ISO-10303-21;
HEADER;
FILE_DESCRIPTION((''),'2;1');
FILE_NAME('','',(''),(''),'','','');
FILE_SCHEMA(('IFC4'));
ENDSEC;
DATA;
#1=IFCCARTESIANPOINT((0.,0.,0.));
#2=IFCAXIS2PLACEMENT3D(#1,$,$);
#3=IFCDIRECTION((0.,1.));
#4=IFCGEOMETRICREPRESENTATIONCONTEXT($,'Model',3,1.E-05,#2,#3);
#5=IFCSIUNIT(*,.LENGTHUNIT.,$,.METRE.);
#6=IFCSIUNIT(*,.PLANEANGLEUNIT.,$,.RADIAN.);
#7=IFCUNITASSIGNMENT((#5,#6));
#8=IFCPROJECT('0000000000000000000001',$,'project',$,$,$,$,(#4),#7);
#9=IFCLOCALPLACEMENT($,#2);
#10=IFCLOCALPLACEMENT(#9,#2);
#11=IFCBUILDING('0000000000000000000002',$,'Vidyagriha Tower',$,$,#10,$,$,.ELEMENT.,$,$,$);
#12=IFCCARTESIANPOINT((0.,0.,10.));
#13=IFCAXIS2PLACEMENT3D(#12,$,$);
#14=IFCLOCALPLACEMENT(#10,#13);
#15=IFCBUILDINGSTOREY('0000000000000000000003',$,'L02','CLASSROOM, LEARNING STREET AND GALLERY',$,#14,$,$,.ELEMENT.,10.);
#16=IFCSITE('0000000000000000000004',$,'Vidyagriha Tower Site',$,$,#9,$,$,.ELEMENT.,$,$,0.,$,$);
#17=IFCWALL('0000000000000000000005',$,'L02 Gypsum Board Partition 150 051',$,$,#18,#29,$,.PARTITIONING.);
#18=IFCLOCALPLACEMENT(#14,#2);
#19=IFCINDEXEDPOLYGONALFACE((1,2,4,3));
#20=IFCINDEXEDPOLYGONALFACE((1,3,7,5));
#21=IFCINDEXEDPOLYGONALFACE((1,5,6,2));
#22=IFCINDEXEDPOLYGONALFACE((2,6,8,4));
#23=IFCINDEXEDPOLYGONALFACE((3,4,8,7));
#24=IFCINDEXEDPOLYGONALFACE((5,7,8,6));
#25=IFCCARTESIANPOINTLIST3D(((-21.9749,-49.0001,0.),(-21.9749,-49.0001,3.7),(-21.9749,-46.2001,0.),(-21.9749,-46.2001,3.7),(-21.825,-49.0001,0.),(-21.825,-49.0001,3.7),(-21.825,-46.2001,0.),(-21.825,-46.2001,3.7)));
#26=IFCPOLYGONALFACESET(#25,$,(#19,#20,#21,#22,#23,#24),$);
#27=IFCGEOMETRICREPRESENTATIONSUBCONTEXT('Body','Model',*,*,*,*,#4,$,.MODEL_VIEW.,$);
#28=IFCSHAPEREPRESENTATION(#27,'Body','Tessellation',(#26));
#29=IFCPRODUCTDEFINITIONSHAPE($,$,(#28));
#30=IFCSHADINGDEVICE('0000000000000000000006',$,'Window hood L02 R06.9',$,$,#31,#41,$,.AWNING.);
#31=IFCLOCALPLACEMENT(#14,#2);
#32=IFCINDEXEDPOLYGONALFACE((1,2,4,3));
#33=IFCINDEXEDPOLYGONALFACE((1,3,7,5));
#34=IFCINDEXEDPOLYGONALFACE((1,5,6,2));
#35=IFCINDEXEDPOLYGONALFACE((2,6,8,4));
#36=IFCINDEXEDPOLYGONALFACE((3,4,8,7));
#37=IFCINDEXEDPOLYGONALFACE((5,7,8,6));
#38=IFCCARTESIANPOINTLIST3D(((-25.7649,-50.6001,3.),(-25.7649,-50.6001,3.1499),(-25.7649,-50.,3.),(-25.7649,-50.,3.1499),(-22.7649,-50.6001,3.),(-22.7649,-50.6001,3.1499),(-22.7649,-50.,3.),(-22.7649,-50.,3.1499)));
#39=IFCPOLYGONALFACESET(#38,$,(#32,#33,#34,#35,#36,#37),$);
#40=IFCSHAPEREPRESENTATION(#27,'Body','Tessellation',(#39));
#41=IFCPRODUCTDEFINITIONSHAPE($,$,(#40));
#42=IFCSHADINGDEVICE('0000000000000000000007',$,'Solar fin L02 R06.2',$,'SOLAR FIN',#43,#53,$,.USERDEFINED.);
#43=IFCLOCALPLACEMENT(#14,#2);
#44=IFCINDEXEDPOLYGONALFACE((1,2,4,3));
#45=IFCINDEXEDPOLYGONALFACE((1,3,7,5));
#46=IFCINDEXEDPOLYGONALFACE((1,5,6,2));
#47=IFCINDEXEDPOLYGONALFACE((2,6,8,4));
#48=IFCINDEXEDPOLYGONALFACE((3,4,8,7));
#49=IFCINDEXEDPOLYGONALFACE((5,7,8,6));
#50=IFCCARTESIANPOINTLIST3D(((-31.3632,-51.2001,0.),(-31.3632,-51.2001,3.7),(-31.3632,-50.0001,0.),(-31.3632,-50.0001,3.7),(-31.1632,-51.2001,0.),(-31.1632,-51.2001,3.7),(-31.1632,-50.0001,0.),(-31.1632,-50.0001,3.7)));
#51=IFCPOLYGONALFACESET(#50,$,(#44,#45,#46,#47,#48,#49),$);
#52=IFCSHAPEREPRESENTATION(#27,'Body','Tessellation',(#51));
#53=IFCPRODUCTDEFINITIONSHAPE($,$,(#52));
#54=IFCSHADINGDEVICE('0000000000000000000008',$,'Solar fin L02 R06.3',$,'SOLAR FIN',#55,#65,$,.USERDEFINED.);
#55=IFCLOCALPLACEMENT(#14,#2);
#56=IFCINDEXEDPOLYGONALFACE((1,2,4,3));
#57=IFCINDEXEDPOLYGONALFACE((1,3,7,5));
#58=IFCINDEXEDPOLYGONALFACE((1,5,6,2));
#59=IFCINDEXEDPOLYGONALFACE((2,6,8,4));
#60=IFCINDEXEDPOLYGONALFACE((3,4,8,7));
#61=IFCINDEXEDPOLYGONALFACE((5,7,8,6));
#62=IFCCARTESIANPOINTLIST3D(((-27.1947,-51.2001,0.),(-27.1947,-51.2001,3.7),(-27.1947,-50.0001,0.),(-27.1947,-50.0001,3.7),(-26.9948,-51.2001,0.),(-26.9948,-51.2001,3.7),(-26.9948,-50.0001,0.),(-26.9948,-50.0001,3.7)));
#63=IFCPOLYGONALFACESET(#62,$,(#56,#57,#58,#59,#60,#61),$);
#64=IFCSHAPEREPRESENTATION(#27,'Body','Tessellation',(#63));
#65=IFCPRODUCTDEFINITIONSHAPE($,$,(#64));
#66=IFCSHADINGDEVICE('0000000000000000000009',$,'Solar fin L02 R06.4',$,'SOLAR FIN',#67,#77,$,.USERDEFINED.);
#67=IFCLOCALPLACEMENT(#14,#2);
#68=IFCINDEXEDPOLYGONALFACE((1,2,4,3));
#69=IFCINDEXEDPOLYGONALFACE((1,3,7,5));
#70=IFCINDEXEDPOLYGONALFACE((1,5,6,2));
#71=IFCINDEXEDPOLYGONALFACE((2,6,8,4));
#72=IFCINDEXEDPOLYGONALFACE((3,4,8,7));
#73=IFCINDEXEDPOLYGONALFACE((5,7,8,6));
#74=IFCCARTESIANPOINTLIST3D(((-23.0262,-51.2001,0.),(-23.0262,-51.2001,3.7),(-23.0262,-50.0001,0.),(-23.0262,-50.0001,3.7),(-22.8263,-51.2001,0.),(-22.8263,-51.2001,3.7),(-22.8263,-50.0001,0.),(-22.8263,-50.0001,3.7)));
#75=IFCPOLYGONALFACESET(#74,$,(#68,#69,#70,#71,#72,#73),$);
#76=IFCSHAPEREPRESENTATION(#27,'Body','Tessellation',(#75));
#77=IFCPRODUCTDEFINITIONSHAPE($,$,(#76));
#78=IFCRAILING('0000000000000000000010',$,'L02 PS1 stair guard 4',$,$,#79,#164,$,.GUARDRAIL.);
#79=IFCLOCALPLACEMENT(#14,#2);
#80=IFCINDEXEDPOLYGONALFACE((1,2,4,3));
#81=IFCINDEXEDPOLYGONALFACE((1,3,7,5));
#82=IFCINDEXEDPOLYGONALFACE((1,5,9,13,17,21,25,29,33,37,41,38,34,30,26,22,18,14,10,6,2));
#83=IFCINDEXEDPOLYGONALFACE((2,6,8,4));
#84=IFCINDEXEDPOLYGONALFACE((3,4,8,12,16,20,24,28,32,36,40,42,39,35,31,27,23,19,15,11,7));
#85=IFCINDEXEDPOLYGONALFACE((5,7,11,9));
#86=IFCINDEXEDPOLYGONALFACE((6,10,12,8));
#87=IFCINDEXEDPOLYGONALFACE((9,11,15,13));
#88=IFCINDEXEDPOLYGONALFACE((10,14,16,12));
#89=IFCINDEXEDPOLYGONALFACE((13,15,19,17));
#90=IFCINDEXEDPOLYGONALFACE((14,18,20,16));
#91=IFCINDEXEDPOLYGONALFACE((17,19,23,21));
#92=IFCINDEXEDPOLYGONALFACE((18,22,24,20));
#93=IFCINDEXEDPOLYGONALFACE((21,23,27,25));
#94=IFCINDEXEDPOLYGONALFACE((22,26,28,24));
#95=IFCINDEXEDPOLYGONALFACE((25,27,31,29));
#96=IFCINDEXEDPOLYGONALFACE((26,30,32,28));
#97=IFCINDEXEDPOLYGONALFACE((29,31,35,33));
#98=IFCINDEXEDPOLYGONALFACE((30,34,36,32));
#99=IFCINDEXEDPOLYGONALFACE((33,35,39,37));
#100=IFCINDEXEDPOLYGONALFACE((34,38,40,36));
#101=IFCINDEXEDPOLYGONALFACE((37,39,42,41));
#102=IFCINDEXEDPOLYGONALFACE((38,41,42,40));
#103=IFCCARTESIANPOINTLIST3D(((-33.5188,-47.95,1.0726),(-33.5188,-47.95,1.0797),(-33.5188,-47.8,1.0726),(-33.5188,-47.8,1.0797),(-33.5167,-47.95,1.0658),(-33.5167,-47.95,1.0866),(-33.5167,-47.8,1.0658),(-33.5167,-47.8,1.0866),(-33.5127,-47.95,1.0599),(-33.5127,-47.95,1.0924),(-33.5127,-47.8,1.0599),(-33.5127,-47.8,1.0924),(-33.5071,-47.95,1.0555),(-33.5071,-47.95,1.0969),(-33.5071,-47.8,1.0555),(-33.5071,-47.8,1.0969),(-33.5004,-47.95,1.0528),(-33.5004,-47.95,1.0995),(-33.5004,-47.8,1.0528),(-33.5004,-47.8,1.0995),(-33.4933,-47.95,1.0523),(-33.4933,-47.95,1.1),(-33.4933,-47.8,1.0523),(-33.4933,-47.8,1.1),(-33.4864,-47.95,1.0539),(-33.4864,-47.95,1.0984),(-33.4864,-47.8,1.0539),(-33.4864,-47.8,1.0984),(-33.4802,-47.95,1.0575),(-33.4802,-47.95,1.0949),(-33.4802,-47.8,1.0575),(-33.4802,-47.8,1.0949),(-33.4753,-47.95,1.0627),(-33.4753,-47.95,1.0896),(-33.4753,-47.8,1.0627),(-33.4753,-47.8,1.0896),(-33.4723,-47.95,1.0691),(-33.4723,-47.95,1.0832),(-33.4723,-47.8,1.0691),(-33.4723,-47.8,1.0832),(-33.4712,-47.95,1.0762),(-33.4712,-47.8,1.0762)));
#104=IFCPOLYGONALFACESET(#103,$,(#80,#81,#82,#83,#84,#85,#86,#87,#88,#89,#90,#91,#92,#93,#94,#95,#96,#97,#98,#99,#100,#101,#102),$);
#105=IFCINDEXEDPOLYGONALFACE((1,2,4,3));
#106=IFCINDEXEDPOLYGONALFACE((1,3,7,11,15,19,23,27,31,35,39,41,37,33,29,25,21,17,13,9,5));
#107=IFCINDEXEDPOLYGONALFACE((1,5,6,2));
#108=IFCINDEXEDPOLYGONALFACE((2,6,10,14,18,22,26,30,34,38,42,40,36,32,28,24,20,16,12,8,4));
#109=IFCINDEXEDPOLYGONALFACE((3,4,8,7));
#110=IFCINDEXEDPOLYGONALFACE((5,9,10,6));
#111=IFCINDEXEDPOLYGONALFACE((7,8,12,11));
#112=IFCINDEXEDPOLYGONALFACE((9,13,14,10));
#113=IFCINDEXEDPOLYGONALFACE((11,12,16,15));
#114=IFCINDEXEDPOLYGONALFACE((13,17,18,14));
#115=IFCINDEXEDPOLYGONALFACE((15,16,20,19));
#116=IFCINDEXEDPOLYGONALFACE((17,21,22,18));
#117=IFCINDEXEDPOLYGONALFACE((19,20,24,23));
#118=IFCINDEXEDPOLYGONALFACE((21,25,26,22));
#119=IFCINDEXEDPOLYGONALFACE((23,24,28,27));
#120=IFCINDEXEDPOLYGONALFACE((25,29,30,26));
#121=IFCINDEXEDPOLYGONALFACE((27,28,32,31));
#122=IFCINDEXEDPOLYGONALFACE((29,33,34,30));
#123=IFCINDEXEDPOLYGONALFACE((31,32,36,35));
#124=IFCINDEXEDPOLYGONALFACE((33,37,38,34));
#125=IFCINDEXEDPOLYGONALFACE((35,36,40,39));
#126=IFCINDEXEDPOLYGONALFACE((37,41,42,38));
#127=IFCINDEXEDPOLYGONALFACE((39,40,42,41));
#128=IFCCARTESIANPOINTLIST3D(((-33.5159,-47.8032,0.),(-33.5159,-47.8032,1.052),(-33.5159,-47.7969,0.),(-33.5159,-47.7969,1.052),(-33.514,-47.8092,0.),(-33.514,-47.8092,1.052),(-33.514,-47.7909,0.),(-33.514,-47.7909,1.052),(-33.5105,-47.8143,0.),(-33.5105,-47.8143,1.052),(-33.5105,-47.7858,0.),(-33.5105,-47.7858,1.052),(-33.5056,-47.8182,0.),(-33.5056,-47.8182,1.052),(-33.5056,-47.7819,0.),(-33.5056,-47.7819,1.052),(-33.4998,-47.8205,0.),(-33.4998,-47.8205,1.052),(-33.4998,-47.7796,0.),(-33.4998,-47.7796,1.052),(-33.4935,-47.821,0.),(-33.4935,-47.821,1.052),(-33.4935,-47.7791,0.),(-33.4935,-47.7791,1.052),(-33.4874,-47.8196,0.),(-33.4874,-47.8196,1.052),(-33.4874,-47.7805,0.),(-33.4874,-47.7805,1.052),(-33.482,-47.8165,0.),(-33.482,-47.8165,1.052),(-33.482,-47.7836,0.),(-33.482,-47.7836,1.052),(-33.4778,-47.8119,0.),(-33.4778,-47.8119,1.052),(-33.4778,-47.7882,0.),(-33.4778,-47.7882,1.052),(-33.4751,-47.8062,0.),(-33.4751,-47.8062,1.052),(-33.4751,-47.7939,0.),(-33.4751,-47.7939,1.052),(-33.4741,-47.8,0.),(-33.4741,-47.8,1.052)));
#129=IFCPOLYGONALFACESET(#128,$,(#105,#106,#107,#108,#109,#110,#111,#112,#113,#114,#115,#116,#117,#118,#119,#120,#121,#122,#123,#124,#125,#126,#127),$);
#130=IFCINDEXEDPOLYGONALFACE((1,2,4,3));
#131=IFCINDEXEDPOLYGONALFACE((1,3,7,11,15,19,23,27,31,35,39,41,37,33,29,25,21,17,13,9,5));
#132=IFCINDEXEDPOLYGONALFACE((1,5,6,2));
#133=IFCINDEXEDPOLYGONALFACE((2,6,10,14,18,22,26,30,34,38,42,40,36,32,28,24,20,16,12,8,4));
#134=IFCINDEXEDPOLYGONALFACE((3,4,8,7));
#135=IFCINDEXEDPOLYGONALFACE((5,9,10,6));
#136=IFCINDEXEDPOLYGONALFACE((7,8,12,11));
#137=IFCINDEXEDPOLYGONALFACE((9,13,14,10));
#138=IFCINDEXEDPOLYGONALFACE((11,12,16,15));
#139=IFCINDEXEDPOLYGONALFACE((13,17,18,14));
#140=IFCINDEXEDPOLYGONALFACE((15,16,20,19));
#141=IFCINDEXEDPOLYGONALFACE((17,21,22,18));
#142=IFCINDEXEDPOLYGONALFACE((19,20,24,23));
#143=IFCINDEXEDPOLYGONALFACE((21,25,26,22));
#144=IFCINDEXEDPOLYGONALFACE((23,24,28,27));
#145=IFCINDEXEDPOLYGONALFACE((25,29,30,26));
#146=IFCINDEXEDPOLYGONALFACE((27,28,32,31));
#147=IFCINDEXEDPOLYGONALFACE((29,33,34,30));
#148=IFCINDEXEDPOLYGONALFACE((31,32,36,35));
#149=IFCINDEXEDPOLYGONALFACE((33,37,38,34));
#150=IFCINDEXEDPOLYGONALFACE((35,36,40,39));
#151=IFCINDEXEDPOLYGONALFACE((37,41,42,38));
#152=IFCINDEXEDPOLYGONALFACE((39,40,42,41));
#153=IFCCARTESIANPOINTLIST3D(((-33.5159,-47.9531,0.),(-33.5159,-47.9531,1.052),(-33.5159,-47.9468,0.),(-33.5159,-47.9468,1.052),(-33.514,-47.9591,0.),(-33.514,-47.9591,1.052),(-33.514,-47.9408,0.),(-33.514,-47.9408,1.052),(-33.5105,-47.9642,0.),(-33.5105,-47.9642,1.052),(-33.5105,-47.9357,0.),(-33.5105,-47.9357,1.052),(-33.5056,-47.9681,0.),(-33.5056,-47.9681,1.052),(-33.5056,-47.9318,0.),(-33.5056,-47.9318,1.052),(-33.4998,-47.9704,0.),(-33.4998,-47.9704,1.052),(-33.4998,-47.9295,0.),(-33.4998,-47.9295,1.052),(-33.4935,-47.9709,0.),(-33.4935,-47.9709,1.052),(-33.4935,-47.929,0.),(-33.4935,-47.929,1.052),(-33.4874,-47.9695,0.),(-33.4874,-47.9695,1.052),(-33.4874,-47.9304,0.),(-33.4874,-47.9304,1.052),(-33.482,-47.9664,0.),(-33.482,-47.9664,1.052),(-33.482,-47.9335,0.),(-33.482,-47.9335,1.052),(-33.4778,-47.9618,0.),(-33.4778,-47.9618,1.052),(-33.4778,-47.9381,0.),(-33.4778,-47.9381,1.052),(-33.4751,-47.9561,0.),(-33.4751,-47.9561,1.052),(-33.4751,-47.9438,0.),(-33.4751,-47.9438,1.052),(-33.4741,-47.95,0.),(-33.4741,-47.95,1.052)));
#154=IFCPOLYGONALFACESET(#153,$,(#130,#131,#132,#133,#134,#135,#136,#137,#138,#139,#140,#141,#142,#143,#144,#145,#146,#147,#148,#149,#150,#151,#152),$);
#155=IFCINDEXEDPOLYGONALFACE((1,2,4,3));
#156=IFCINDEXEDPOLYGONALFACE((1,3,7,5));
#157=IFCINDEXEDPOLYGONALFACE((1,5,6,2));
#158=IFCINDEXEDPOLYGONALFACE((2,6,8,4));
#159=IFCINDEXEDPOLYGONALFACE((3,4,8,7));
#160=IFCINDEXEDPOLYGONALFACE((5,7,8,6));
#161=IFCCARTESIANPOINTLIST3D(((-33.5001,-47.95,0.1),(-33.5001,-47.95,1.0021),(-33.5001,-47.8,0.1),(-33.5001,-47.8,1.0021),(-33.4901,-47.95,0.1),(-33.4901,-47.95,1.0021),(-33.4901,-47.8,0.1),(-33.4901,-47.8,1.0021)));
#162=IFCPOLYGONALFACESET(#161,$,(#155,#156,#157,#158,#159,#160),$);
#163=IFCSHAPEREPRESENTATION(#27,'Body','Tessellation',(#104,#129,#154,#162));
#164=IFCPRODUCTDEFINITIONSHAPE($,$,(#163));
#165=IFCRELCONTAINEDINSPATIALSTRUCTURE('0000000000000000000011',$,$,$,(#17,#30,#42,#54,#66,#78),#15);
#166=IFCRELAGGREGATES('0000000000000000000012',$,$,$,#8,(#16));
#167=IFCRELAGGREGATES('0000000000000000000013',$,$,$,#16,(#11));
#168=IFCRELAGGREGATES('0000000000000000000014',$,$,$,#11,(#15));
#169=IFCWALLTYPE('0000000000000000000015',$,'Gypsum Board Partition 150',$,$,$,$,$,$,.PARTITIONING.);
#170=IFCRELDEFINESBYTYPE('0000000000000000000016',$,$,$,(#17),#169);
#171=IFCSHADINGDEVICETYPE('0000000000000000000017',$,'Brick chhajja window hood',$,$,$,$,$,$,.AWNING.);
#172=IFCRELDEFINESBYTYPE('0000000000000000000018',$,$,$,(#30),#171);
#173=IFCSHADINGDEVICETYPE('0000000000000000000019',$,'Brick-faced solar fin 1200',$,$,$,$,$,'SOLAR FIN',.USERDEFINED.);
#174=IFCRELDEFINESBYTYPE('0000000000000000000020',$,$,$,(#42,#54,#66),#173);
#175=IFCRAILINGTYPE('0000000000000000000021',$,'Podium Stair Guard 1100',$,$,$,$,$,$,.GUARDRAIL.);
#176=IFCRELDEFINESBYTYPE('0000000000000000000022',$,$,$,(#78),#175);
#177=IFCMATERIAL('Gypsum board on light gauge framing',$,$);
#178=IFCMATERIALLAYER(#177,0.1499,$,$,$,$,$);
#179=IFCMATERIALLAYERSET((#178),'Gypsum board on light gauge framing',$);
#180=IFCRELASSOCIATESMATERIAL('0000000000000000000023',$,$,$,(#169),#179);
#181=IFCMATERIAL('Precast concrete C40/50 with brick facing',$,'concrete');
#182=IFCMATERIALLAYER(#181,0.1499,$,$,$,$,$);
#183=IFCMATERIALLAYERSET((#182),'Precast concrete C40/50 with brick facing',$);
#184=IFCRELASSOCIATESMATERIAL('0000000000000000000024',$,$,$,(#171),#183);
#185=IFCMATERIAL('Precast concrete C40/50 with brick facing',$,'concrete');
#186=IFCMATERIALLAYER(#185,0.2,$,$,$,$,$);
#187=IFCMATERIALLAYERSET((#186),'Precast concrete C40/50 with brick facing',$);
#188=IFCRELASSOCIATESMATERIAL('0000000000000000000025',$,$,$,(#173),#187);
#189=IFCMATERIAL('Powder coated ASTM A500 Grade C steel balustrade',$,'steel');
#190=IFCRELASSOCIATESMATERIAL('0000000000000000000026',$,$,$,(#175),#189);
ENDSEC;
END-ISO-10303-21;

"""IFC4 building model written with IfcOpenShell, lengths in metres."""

from ifc_helpers import new_model, si_unit, direction, frame, frame_2d, origin, origin_2d, place, context, subcontext, project, spatial, rectangle, circle, extrude, material, layer, layer_set, type_object, element, save


model = new_model("IFC4")

# Units and contexts
model_context = context("Model", 3, precision=1e-05, world=origin(), true_north=direction((0.0, 1.0)))
body_context = subcontext(model_context, "Body", "Model", "MODEL_VIEW")
ifc_project = project(units=[si_unit("LENGTHUNIT", "METRE"), si_unit("PLANEANGLEUNIT", "RADIAN")], contexts=[model_context])

# Site, building, storey
site_placement = place(None, origin())
site = spatial("IfcSite", under=ifc_project, at=site_placement, Name="Vidyagriha Tower Site", CompositionType="ELEMENT", RefElevation=0.0)
building_placement = place(site_placement, origin())
building = spatial("IfcBuilding", under=site, at=building_placement, Name="Vidyagriha Tower", CompositionType="ELEMENT")
storey_placement = place(building_placement, frame((0.0, 0.0, 10.0)))
storey = spatial("IfcBuildingStorey", under=building, at=storey_placement, Name="L02", Description="CLASSROOM, LEARNING STREET AND GALLERY", CompositionType="ELEMENT", Elevation=10.0)

# Wall
ifc_material_1 = material(Name="Gypsum board on light gauge framing")
ifc_layer_1 = layer(ifc_material_1, 0.1499)
ifc_layer_set_1 = layer_set([ifc_layer_1], Name="Gypsum board on light gauge framing")
wall_type_1 = type_object("IfcWallType", Name="Gypsum Board Partition 150", PredefinedType="PARTITIONING", material=ifc_layer_set_1)
wall_1_placement = place(storey_placement, frame((-21.8999, -49.0, 0.0), z_axis=(0.0, 0.0, 1.0), x_axis=(0.0, 1.0, 0.0)))
element("IfcWall", 1, at=wall_1_placement, inside=storey, type_object=wall_type_1, Name="L02 Gypsum Board Partition 150 051", PredefinedType="PARTITIONING", context=body_context, shape_type="SweptSolid", body=[
    extrude(rectangle(XDim=2.8, YDim=0.1499, at=frame_2d((1.3999, 0.0))), origin(), (0.0, 0.0, 1.0), 3.7),
])

# Shading devices
ifc_material_2 = material(Name="Precast concrete C40/50 with brick facing", Category="concrete")
ifc_layer_2 = layer(ifc_material_2, 0.1499)
ifc_layer_set_2 = layer_set([ifc_layer_2], Name="Precast concrete C40/50 with brick facing")
shading_device_type_1 = type_object("IfcShadingDeviceType", Name="Brick chhajja window hood", PredefinedType="AWNING", material=ifc_layer_set_2)
shading_device_placement = place(storey_placement, frame((-24.2649, -50.3, 3.0)))
element("IfcShadingDevice", 2, at=shading_device_placement, inside=storey, type_object=shading_device_type_1, Name="Window hood L02 R06.9", PredefinedType="AWNING", context=body_context, shape_type="SweptSolid", body=[
    extrude(rectangle(XDim=3.0, YDim=0.6001, at=origin_2d()), origin(), (0.0, 0.0, 1.0), 0.1499),
])
ifc_material_3 = material(Name="Precast concrete C40/50 with brick facing", Category="concrete")
ifc_layer_3 = layer(ifc_material_3, 0.2)
ifc_layer_set_3 = layer_set([ifc_layer_3], Name="Precast concrete C40/50 with brick facing")
shading_device_type_2 = type_object("IfcShadingDeviceType", Name="Brick-faced solar fin 1200", ElementType="SOLAR FIN", PredefinedType="USERDEFINED", material=ifc_layer_set_3)
for number, where, z_axis, x_axis, name in (
    (3, (-31.2632, -50.0, 0.0), (0.0, 0.0, 1.0), (0.0, -1.0, 0.0), "Solar fin L02 R06.2"),
    (4, (-27.0947, -50.0, 0.0), (0.0, 0.0, 1.0), (0.0, -1.0, 0.0), "Solar fin L02 R06.3"),
    (5, (-22.9263, -50.0, 0.0), (0.0, 0.0, 1.0), (0.0, -1.0, 0.0), "Solar fin L02 R06.4"),
):
    element("IfcShadingDevice", number, at=place(storey_placement, frame(where, z_axis=z_axis, x_axis=x_axis)), inside=storey, type_object=shading_device_type_2, Name=name, ObjectType="SOLAR FIN", PredefinedType="USERDEFINED", context=body_context, shape_type="SweptSolid", body=[
        extrude(rectangle(XDim=1.2, YDim=0.2, at=frame_2d((0.6001, 0.0))), origin(), (0.0, 0.0, 1.0), 3.7),
    ])

# Railing
ifc_material_4 = material(Name="Powder coated ASTM A500 Grade C steel balustrade", Category="steel")
railing_type = type_object("IfcRailingType", Name="Podium Stair Guard 1100", PredefinedType="GUARDRAIL", material=ifc_material_4)
railing_placement = place(storey_placement, frame((-33.4951, -47.8, 0.0)))
element("IfcRailing", 6, at=railing_placement, inside=storey, type_object=railing_type, Name="L02 PS1 stair guard 4", PredefinedType="GUARDRAIL", context=body_context, shape_type="SweptSolid", body=[
    extrude(circle(Radius=0.0239, at=origin_2d()), frame((0.0, 0.0, 1.0762), z_axis=(0.0, -1.0, 0.0), x_axis=(1.0, 0.0, 0.0)), (0.0, 0.0, 1.0), 0.1499),
    extrude(circle(Radius=0.021, at=origin_2d()), origin(), (0.0, 0.0, 1.0), 1.052),
    extrude(circle(Radius=0.021, at=origin_2d()), frame((0.0, -0.1499, 0.0)), (0.0, 0.0, 1.0), 1.052),
    extrude(rectangle(XDim=0.01, YDim=0.9021, at=origin_2d()), frame((0.0, 0.0, 0.551), z_axis=(0.0, -1.0, 0.0), x_axis=(1.0, 0.0, 0.0)), (0.0, 0.0, 1.0), 0.1499),
])

save(model, "model.ifc")
